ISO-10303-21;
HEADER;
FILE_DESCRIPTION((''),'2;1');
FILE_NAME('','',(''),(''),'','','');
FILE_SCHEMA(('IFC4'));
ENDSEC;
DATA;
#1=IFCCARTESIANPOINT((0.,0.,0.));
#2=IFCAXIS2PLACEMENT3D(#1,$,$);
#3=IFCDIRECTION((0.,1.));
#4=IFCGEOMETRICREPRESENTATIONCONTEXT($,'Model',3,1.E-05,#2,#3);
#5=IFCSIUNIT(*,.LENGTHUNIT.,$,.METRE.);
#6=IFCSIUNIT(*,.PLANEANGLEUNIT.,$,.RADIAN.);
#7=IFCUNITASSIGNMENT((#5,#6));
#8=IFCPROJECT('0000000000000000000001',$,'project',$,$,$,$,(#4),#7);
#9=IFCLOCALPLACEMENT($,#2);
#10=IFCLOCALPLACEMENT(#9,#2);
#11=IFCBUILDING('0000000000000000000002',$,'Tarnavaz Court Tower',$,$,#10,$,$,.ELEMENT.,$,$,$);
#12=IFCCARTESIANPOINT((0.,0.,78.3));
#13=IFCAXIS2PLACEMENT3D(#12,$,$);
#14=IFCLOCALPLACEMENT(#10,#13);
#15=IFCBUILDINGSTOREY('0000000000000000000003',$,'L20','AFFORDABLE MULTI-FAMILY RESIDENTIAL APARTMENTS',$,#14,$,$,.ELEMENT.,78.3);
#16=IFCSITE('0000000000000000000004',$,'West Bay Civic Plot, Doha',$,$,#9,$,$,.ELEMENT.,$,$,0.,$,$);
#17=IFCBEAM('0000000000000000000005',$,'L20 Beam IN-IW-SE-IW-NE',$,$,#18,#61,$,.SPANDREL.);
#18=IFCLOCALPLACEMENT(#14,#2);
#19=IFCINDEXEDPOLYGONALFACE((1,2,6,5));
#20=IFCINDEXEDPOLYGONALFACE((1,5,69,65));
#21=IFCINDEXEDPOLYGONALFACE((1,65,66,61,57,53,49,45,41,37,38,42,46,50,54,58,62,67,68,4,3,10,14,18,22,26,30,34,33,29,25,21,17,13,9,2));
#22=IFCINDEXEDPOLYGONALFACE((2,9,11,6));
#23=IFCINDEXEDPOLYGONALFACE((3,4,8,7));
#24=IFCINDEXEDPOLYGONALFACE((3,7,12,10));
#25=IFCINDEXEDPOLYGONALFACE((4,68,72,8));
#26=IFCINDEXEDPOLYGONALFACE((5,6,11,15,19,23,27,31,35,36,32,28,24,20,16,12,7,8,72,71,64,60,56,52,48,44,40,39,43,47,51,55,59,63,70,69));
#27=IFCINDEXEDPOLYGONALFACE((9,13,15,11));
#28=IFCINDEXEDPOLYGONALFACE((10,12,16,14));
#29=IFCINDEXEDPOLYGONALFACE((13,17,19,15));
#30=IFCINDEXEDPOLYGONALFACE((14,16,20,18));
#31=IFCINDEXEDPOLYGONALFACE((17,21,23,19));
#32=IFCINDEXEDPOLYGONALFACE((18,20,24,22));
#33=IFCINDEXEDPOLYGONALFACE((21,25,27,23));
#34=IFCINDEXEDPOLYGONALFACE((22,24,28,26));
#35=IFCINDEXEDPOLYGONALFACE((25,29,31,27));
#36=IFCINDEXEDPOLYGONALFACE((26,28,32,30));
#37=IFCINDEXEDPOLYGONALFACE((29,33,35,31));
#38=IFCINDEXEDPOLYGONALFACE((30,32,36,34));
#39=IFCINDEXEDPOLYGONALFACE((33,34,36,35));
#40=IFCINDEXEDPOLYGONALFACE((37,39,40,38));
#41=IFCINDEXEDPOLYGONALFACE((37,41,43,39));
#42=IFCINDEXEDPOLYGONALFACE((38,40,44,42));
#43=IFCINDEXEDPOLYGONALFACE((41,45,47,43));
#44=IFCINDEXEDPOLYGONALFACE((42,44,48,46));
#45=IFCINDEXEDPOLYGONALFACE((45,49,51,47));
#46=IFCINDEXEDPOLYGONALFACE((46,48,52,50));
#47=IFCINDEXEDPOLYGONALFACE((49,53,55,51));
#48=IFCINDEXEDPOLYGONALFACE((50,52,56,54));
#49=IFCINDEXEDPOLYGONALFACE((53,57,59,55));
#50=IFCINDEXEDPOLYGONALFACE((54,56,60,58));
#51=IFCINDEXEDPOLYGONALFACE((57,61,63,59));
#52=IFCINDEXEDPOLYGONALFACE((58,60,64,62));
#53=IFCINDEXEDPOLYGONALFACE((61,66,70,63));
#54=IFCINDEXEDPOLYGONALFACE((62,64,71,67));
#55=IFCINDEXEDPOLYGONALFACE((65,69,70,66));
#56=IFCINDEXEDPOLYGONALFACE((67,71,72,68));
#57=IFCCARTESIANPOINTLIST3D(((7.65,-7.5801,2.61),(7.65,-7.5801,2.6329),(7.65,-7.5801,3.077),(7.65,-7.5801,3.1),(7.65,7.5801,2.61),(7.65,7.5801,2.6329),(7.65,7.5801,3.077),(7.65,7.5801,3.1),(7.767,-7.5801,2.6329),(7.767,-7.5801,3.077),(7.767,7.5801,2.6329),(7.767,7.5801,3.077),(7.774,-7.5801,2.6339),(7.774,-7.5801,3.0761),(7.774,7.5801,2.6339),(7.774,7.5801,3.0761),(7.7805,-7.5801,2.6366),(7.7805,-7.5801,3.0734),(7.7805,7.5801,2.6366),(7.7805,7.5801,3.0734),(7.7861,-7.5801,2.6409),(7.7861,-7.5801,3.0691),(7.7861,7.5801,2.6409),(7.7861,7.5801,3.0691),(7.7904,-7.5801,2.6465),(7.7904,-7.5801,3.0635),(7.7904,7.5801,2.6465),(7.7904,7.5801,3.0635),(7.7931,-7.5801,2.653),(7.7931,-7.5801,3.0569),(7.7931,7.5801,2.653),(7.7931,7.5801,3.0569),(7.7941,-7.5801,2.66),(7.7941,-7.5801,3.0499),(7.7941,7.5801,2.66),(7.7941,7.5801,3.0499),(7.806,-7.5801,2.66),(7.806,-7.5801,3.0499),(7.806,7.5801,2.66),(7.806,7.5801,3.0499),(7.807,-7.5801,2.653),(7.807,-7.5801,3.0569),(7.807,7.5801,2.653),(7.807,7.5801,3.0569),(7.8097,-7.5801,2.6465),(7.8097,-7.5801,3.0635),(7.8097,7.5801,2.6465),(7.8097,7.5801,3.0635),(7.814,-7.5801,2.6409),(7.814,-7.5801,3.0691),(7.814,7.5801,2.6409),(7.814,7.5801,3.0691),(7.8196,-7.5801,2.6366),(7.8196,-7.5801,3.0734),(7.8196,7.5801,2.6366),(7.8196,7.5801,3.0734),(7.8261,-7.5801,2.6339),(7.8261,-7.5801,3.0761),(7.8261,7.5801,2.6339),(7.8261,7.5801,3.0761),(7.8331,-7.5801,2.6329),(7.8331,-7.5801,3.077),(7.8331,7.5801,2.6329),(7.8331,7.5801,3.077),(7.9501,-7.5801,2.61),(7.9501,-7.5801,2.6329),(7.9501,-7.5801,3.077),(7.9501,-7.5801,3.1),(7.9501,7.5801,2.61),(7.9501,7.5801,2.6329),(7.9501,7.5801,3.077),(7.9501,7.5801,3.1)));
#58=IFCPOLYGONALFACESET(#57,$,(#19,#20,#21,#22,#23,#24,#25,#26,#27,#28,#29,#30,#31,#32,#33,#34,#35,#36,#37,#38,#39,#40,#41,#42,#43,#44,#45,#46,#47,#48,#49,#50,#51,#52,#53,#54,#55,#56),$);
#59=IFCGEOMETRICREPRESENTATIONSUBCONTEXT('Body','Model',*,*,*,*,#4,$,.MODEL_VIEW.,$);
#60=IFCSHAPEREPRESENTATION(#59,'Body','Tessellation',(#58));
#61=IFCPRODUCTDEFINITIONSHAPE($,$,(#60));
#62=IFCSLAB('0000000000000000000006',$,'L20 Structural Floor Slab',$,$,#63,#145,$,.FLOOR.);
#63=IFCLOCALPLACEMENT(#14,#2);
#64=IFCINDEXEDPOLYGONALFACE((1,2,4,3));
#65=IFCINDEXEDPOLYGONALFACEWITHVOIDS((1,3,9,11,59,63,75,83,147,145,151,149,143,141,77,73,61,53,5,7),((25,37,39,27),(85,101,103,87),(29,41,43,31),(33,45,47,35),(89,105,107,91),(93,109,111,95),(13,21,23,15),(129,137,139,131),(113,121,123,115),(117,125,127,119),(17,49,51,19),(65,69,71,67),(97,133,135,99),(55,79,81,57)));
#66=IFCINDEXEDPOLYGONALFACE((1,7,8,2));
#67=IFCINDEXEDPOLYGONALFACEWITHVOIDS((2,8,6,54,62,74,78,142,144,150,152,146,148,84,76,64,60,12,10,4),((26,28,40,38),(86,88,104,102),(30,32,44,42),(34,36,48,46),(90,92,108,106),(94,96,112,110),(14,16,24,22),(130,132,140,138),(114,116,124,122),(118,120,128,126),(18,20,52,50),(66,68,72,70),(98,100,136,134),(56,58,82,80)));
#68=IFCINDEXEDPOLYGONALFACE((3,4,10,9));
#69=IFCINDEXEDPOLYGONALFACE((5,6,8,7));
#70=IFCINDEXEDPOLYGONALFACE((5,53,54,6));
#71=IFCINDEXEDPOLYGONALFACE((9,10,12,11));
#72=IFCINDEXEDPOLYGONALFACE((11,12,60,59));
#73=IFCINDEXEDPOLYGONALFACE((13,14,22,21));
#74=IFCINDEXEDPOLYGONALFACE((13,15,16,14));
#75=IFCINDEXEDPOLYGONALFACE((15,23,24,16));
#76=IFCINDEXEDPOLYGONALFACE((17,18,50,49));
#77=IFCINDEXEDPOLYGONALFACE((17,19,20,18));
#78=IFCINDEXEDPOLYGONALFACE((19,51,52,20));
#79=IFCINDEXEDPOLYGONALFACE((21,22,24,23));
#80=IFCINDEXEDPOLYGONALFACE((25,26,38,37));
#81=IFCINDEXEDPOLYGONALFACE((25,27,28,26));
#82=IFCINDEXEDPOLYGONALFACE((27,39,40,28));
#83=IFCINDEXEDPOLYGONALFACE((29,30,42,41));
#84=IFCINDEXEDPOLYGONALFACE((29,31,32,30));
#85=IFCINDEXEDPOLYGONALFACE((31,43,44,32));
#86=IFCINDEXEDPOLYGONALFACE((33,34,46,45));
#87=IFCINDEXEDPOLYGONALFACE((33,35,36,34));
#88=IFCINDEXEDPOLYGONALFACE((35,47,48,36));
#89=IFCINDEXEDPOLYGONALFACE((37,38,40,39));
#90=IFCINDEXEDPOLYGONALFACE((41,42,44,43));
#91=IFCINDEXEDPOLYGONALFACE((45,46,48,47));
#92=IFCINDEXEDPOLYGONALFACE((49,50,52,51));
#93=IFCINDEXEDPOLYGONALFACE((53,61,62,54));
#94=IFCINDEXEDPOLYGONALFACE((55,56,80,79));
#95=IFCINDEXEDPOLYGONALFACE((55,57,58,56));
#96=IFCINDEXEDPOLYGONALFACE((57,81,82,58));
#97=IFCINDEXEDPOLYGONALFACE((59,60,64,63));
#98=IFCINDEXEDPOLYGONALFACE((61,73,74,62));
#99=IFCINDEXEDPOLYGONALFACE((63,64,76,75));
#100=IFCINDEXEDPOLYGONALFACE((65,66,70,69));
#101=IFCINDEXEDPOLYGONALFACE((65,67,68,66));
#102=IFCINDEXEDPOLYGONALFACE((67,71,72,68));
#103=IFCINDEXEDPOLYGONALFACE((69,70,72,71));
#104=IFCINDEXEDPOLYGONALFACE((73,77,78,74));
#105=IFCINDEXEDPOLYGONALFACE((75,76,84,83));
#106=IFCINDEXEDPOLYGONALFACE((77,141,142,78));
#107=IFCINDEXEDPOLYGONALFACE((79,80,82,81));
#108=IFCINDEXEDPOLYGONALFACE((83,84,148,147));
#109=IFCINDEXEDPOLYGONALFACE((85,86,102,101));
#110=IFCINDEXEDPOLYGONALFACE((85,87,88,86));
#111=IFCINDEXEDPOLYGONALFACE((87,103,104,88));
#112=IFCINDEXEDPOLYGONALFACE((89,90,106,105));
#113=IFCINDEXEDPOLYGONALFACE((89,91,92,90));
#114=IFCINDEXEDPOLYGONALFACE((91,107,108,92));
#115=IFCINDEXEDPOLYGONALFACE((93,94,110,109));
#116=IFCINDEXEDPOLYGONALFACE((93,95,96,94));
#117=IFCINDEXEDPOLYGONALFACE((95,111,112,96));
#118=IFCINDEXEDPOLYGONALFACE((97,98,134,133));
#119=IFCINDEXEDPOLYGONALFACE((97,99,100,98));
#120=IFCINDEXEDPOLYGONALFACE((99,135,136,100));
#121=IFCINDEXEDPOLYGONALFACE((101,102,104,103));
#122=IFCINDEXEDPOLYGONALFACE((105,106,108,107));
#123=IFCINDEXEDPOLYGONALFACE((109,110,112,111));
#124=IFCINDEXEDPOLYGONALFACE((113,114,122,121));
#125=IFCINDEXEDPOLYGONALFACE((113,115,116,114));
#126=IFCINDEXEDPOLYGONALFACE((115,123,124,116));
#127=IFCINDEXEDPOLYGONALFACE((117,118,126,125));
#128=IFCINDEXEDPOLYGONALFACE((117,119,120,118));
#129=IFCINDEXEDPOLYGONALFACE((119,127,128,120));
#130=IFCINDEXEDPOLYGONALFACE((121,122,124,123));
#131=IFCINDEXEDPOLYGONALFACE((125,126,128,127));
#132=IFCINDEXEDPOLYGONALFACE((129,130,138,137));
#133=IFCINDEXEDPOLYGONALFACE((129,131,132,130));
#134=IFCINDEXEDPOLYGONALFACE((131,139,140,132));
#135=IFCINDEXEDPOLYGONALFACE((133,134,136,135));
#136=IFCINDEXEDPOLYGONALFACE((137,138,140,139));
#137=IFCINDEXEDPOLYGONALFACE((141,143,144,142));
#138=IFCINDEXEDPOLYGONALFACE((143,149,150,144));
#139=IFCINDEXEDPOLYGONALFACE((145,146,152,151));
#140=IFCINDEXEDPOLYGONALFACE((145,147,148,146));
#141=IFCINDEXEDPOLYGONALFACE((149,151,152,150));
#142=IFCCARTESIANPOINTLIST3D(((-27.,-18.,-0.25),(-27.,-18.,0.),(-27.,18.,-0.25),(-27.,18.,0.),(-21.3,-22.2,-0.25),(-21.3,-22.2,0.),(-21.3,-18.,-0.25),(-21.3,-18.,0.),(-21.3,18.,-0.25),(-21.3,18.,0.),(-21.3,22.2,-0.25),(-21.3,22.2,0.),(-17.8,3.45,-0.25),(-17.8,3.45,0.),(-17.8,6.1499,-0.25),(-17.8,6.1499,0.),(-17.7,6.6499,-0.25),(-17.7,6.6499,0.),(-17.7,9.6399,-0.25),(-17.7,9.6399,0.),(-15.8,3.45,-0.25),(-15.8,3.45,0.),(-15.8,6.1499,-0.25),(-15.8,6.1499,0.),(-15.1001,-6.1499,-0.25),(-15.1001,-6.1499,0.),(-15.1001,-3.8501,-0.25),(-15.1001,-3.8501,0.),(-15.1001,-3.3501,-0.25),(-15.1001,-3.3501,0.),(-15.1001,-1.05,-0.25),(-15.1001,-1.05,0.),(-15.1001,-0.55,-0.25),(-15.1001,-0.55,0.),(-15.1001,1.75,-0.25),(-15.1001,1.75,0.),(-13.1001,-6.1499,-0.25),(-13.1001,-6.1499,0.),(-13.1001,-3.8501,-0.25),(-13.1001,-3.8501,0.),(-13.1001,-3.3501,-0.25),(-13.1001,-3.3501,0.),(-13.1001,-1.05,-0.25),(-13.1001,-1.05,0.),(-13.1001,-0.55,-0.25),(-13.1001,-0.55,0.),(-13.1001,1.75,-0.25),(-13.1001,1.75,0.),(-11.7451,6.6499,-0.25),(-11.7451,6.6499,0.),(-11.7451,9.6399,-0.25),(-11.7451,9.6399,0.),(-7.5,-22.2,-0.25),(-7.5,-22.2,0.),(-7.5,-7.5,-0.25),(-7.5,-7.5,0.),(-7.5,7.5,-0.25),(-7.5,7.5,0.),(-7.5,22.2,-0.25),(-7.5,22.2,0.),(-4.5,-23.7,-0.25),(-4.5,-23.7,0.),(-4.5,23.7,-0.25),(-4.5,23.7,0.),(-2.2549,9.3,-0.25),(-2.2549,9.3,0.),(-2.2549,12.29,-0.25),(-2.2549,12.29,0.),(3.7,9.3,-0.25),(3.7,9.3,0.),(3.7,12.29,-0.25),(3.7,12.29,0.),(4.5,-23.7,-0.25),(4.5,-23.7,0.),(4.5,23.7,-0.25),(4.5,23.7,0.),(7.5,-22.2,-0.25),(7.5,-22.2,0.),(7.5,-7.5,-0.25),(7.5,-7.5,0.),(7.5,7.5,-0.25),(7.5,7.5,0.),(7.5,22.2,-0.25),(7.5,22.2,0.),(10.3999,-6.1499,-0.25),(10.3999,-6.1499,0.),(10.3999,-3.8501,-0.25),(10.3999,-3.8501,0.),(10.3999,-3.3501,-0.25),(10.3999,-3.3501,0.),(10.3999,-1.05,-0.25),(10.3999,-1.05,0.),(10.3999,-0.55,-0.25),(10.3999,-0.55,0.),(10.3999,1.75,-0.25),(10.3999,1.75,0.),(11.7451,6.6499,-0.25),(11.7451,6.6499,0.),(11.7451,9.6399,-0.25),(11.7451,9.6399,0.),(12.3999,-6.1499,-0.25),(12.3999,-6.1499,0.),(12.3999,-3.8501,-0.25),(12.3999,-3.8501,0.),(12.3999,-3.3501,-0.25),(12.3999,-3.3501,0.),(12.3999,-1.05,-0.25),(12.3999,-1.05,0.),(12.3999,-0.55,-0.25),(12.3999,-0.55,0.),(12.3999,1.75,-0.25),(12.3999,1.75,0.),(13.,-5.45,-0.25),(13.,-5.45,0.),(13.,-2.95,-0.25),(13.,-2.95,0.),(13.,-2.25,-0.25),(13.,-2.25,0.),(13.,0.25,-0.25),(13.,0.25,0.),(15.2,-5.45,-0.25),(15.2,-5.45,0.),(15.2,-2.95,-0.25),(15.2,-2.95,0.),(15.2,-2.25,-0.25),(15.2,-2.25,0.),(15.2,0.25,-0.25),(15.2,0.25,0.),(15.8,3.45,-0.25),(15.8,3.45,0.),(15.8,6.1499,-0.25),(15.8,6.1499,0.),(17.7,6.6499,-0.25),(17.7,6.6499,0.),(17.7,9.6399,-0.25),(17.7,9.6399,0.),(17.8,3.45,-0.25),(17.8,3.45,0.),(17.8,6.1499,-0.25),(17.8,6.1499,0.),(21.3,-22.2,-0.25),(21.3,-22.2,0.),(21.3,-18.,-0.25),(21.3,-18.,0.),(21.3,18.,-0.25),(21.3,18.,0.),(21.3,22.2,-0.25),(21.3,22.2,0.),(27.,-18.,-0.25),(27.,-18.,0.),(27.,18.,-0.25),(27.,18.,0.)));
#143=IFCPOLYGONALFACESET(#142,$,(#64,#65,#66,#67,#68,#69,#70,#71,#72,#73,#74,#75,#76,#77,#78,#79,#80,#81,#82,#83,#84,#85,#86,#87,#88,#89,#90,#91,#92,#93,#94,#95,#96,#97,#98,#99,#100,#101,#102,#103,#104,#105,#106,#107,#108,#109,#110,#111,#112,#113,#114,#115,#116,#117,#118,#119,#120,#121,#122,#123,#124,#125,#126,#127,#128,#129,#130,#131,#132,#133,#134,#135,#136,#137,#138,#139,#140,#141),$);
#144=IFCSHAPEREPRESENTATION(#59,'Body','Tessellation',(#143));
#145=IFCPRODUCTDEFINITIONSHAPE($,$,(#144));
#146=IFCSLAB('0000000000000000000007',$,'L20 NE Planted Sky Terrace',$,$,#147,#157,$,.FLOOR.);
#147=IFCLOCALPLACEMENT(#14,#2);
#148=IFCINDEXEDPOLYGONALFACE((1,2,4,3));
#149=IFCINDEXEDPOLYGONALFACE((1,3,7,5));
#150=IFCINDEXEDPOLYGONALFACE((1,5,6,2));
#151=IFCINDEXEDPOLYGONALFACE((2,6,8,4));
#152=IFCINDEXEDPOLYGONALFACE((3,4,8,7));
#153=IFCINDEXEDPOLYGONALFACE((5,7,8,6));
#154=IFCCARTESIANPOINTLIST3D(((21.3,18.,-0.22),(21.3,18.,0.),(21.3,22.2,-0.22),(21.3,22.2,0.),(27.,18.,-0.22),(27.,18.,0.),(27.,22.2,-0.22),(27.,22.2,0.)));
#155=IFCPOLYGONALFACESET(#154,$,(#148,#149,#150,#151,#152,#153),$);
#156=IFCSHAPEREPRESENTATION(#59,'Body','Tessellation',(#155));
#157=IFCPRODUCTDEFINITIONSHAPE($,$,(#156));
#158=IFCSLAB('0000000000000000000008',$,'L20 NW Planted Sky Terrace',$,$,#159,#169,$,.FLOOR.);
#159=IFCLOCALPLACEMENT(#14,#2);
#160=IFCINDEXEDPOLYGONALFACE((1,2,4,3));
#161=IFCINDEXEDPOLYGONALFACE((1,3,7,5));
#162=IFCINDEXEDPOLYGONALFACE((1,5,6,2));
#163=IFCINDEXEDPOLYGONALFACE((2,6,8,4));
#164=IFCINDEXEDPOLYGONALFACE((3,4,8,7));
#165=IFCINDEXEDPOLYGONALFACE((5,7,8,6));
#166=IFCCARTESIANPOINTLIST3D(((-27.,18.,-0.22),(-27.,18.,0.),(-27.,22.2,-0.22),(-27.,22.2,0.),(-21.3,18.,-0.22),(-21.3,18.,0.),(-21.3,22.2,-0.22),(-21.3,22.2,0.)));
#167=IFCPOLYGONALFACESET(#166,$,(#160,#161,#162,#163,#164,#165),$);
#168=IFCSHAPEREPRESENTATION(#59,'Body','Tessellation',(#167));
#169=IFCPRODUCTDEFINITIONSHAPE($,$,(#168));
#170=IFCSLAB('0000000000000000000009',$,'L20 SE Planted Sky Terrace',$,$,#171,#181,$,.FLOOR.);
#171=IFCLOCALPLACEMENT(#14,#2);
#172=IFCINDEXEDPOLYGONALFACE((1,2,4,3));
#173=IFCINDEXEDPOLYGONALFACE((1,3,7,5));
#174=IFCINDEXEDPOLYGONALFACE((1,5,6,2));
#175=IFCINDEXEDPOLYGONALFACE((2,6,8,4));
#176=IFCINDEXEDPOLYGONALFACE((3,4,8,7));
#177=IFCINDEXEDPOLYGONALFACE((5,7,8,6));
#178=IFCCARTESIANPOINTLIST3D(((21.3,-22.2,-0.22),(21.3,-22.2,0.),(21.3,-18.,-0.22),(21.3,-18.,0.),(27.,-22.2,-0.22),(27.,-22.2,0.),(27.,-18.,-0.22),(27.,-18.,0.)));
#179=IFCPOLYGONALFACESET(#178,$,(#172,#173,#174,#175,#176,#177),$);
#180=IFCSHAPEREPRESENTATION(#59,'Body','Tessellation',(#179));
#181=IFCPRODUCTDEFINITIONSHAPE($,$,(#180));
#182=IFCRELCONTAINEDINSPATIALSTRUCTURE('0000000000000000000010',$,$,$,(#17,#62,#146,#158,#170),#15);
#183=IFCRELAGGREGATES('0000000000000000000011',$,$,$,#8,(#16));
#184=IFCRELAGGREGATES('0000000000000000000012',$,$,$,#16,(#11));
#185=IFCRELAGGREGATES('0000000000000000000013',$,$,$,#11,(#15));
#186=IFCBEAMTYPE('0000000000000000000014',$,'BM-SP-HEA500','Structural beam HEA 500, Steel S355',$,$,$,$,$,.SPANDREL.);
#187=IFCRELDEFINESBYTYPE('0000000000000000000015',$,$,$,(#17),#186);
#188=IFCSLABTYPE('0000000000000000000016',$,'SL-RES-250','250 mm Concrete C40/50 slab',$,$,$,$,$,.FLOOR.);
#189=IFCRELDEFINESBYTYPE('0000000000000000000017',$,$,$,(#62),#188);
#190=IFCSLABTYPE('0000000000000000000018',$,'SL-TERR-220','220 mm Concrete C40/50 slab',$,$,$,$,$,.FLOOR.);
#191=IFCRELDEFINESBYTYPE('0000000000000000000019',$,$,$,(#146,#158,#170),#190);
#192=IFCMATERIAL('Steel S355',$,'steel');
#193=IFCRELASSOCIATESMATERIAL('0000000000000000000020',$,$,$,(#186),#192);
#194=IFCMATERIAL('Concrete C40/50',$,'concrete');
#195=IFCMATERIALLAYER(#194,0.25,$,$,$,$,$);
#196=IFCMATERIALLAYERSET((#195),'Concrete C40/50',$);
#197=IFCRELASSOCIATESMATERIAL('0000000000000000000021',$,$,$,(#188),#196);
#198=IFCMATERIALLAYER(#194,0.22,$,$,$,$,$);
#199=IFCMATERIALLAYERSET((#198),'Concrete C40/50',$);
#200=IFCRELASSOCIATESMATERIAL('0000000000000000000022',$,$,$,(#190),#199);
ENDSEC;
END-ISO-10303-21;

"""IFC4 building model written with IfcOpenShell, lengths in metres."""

from ifc_helpers import new_model, si_unit, direction, frame, origin, origin_2d, place, context, subcontext, project, spatial, polyline, i_section, outline, extrude, material, layer, layer_set, material_profile, profile_set, type_object, element, save


model = new_model("IFC4")

# Units and contexts
model_context = context("Model", 3, precision=1e-05, world=origin(), true_north=direction((0.0, 1.0)))
body_context = subcontext(model_context, "Body", "Model", "MODEL_VIEW")
ifc_project = project(units=[si_unit("LENGTHUNIT", "METRE"), si_unit("PLANEANGLEUNIT", "RADIAN")], contexts=[model_context])

# Site, building, storey
site_placement = place(None, origin())
site = spatial("IfcSite", under=ifc_project, at=site_placement, Name="West Bay Civic Plot, Doha", CompositionType="ELEMENT", RefElevation=0.0)
building_placement = place(site_placement, origin())
building = spatial("IfcBuilding", under=site, at=building_placement, Name="Tarnavaz Court Tower", CompositionType="ELEMENT")
storey_placement = place(building_placement, frame((0.0, 0.0, 78.3)))
storey = spatial("IfcBuildingStorey", under=building, at=storey_placement, Name="L20", Description="AFFORDABLE MULTI-FAMILY RESIDENTIAL APARTMENTS", CompositionType="ELEMENT", Elevation=78.3)

# Beam
ifc_material_1 = material(Name="Steel S355", Category="steel")
ifc_material_profile_1 = material_profile(ifc_material_1, i_section(OverallWidth=0.3, OverallDepth=0.49, WebThickness=0.012, FlangeThickness=0.0229, FilletRadius=0.0271, at=origin_2d()), Name="HEA 500")
ifc_profile_set_1 = profile_set([ifc_material_profile_1], Name="Steel S355")
beam_type_1 = type_object("IfcBeamType", Name="BM-SP-HEA500", Description="Structural beam HEA 500, Steel S355", PredefinedType="SPANDREL", material=ifc_profile_set_1)
beam_1_placement = place(storey_placement, frame((7.8, -7.5801, 2.855), z_axis=(0.0, 1.0, 0.0), x_axis=(-1.0, 0.0, 0.0)))
element("IfcBeam", 1, at=beam_1_placement, inside=storey, type_object=beam_type_1, Name="L20 Beam IN-IW-SE-IW-NE", PredefinedType="SPANDREL", context=body_context, shape_type="SweptSolid", body=[
    extrude(i_section(OverallWidth=0.3, OverallDepth=0.49, WebThickness=0.012, FlangeThickness=0.0229, FilletRadius=0.0271, at=origin_2d()), origin(), (0.0, 0.0, 1.0), 15.1602),
])

# Slabs
ifc_material_2 = material(Name="Concrete C40/50", Category="concrete")
ifc_layer_1 = layer(ifc_material_2, 0.25)
ifc_layer_set_1 = layer_set([ifc_layer_1], Name="Concrete C40/50")
slab_type_1 = type_object("IfcSlabType", Name="SL-RES-250", Description="250 mm Concrete C40/50 slab", PredefinedType="FLOOR", material=ifc_layer_set_1)
slab_1_placement = place(storey_placement, frame((0.0, 0.0, -0.25)))
element("IfcSlab", 2, at=slab_1_placement, inside=storey, type_object=slab_type_1, Name="L20 Structural Floor Slab", PredefinedType="FLOOR", context=body_context, shape_type="SweptSolid", body=[
    extrude(outline(polyline([(-21.3, -22.2), (-7.5, -22.2), (-4.5, -23.7), (4.5, -23.7), (7.5, -22.2), (21.3, -22.2), (21.3, -18.0), (27.0, -18.0), (27.0, 18.0), (21.3, 18.0), (21.3, 22.2), (7.5, 22.2), (4.5, 23.7), (-4.5, 23.7), (-7.5, 22.2), (-21.3, 22.2), (-21.3, 18.0), (-27.0, 18.0), (-27.0, -18.0), (-21.3, -18.0), (-21.3, -22.2)]), holes=[polyline([(-7.5, -7.5), (7.5, -7.5), (7.5, 7.5), (-7.5, 7.5), (-7.5, -7.5)]), polyline([(-11.7451, 9.6399), (-17.7, 9.6399), (-17.7, 6.6499), (-11.7451, 6.6499), (-11.7451, 9.6399)]), polyline([(11.7451, 6.6499), (17.7, 6.6499), (17.7, 9.6399), (11.7451, 9.6399), (11.7451, 6.6499)]), polyline([(-2.2549, 9.3), (3.7, 9.3), (3.7, 12.29), (-2.2549, 12.29), (-2.2549, 9.3)]), polyline([(-17.8, 3.45), (-15.8, 3.45), (-15.8, 6.1499), (-17.8, 6.1499), (-17.8, 3.45)]), polyline([(-15.1001, -6.1499), (-13.1001, -6.1499), (-13.1001, -3.8501), (-15.1001, -3.8501), (-15.1001, -6.1499)]), polyline([(-15.1001, -3.3501), (-13.1001, -3.3501), (-13.1001, -1.05), (-15.1001, -1.05), (-15.1001, -3.3501)]), polyline([(-15.1001, -0.55), (-13.1001, -0.55), (-13.1001, 1.75), (-15.1001, 1.75), (-15.1001, -0.55)]), polyline([(15.8, 3.45), (17.8, 3.45), (17.8, 6.1499), (15.8, 6.1499), (15.8, 3.45)]), polyline([(10.3999, -6.1499), (12.3999, -6.1499), (12.3999, -3.8501), (10.3999, -3.8501), (10.3999, -6.1499)]), polyline([(10.3999, -3.3501), (12.3999, -3.3501), (12.3999, -1.05), (10.3999, -1.05), (10.3999, -3.3501)]), polyline([(10.3999, -0.55), (12.3999, -0.55), (12.3999, 1.75), (10.3999, 1.75), (10.3999, -0.55)]), polyline([(13.0, -5.45), (15.2, -5.45), (15.2, -2.95), (13.0, -2.95), (13.0, -5.45)]), polyline([(13.0, -2.25), (15.2, -2.25), (15.2, 0.25), (13.0, 0.25), (13.0, -2.25)])]), origin(), (0.0, 0.0, 1.0), 0.25),
])
ifc_layer_2 = layer(ifc_material_2, 0.22)
ifc_layer_set_2 = layer_set([ifc_layer_2], Name="Concrete C40/50")
slab_type_2 = type_object("IfcSlabType", Name="SL-TERR-220", Description="220 mm Concrete C40/50 slab", PredefinedType="FLOOR", material=ifc_layer_set_2)
slab_2_placement = place(storey_placement, frame((0.0, 0.0, -0.22)))
element("IfcSlab", 3, at=slab_2_placement, inside=storey, type_object=slab_type_2, Name="L20 NE Planted Sky Terrace", PredefinedType="FLOOR", context=body_context, shape_type="SweptSolid", body=[
    extrude(outline(polyline([(21.3, 18.0), (27.0, 18.0), (27.0, 22.2), (21.3, 22.2), (21.3, 18.0)])), origin(), (0.0, 0.0, 1.0), 0.22),
])
slab_3_placement = place(storey_placement, frame((0.0, 0.0, -0.22)))
element("IfcSlab", 4, at=slab_3_placement, inside=storey, type_object=slab_type_2, Name="L20 NW Planted Sky Terrace", PredefinedType="FLOOR", context=body_context, shape_type="SweptSolid", body=[
    extrude(outline(polyline([(-27.0, 18.0), (-21.3, 18.0), (-21.3, 22.2), (-27.0, 22.2), (-27.0, 18.0)])), origin(), (0.0, 0.0, 1.0), 0.22),
])
slab_4_placement = place(storey_placement, frame((0.0, 0.0, -0.22)))
element("IfcSlab", 5, at=slab_4_placement, inside=storey, type_object=slab_type_2, Name="L20 SE Planted Sky Terrace", PredefinedType="FLOOR", context=body_context, shape_type="SweptSolid", body=[
    extrude(outline(polyline([(21.3, -22.2), (27.0, -22.2), (27.0, -18.0), (21.3, -18.0), (21.3, -22.2)])), origin(), (0.0, 0.0, 1.0), 0.22),
])

save(model, "model.ifc")
